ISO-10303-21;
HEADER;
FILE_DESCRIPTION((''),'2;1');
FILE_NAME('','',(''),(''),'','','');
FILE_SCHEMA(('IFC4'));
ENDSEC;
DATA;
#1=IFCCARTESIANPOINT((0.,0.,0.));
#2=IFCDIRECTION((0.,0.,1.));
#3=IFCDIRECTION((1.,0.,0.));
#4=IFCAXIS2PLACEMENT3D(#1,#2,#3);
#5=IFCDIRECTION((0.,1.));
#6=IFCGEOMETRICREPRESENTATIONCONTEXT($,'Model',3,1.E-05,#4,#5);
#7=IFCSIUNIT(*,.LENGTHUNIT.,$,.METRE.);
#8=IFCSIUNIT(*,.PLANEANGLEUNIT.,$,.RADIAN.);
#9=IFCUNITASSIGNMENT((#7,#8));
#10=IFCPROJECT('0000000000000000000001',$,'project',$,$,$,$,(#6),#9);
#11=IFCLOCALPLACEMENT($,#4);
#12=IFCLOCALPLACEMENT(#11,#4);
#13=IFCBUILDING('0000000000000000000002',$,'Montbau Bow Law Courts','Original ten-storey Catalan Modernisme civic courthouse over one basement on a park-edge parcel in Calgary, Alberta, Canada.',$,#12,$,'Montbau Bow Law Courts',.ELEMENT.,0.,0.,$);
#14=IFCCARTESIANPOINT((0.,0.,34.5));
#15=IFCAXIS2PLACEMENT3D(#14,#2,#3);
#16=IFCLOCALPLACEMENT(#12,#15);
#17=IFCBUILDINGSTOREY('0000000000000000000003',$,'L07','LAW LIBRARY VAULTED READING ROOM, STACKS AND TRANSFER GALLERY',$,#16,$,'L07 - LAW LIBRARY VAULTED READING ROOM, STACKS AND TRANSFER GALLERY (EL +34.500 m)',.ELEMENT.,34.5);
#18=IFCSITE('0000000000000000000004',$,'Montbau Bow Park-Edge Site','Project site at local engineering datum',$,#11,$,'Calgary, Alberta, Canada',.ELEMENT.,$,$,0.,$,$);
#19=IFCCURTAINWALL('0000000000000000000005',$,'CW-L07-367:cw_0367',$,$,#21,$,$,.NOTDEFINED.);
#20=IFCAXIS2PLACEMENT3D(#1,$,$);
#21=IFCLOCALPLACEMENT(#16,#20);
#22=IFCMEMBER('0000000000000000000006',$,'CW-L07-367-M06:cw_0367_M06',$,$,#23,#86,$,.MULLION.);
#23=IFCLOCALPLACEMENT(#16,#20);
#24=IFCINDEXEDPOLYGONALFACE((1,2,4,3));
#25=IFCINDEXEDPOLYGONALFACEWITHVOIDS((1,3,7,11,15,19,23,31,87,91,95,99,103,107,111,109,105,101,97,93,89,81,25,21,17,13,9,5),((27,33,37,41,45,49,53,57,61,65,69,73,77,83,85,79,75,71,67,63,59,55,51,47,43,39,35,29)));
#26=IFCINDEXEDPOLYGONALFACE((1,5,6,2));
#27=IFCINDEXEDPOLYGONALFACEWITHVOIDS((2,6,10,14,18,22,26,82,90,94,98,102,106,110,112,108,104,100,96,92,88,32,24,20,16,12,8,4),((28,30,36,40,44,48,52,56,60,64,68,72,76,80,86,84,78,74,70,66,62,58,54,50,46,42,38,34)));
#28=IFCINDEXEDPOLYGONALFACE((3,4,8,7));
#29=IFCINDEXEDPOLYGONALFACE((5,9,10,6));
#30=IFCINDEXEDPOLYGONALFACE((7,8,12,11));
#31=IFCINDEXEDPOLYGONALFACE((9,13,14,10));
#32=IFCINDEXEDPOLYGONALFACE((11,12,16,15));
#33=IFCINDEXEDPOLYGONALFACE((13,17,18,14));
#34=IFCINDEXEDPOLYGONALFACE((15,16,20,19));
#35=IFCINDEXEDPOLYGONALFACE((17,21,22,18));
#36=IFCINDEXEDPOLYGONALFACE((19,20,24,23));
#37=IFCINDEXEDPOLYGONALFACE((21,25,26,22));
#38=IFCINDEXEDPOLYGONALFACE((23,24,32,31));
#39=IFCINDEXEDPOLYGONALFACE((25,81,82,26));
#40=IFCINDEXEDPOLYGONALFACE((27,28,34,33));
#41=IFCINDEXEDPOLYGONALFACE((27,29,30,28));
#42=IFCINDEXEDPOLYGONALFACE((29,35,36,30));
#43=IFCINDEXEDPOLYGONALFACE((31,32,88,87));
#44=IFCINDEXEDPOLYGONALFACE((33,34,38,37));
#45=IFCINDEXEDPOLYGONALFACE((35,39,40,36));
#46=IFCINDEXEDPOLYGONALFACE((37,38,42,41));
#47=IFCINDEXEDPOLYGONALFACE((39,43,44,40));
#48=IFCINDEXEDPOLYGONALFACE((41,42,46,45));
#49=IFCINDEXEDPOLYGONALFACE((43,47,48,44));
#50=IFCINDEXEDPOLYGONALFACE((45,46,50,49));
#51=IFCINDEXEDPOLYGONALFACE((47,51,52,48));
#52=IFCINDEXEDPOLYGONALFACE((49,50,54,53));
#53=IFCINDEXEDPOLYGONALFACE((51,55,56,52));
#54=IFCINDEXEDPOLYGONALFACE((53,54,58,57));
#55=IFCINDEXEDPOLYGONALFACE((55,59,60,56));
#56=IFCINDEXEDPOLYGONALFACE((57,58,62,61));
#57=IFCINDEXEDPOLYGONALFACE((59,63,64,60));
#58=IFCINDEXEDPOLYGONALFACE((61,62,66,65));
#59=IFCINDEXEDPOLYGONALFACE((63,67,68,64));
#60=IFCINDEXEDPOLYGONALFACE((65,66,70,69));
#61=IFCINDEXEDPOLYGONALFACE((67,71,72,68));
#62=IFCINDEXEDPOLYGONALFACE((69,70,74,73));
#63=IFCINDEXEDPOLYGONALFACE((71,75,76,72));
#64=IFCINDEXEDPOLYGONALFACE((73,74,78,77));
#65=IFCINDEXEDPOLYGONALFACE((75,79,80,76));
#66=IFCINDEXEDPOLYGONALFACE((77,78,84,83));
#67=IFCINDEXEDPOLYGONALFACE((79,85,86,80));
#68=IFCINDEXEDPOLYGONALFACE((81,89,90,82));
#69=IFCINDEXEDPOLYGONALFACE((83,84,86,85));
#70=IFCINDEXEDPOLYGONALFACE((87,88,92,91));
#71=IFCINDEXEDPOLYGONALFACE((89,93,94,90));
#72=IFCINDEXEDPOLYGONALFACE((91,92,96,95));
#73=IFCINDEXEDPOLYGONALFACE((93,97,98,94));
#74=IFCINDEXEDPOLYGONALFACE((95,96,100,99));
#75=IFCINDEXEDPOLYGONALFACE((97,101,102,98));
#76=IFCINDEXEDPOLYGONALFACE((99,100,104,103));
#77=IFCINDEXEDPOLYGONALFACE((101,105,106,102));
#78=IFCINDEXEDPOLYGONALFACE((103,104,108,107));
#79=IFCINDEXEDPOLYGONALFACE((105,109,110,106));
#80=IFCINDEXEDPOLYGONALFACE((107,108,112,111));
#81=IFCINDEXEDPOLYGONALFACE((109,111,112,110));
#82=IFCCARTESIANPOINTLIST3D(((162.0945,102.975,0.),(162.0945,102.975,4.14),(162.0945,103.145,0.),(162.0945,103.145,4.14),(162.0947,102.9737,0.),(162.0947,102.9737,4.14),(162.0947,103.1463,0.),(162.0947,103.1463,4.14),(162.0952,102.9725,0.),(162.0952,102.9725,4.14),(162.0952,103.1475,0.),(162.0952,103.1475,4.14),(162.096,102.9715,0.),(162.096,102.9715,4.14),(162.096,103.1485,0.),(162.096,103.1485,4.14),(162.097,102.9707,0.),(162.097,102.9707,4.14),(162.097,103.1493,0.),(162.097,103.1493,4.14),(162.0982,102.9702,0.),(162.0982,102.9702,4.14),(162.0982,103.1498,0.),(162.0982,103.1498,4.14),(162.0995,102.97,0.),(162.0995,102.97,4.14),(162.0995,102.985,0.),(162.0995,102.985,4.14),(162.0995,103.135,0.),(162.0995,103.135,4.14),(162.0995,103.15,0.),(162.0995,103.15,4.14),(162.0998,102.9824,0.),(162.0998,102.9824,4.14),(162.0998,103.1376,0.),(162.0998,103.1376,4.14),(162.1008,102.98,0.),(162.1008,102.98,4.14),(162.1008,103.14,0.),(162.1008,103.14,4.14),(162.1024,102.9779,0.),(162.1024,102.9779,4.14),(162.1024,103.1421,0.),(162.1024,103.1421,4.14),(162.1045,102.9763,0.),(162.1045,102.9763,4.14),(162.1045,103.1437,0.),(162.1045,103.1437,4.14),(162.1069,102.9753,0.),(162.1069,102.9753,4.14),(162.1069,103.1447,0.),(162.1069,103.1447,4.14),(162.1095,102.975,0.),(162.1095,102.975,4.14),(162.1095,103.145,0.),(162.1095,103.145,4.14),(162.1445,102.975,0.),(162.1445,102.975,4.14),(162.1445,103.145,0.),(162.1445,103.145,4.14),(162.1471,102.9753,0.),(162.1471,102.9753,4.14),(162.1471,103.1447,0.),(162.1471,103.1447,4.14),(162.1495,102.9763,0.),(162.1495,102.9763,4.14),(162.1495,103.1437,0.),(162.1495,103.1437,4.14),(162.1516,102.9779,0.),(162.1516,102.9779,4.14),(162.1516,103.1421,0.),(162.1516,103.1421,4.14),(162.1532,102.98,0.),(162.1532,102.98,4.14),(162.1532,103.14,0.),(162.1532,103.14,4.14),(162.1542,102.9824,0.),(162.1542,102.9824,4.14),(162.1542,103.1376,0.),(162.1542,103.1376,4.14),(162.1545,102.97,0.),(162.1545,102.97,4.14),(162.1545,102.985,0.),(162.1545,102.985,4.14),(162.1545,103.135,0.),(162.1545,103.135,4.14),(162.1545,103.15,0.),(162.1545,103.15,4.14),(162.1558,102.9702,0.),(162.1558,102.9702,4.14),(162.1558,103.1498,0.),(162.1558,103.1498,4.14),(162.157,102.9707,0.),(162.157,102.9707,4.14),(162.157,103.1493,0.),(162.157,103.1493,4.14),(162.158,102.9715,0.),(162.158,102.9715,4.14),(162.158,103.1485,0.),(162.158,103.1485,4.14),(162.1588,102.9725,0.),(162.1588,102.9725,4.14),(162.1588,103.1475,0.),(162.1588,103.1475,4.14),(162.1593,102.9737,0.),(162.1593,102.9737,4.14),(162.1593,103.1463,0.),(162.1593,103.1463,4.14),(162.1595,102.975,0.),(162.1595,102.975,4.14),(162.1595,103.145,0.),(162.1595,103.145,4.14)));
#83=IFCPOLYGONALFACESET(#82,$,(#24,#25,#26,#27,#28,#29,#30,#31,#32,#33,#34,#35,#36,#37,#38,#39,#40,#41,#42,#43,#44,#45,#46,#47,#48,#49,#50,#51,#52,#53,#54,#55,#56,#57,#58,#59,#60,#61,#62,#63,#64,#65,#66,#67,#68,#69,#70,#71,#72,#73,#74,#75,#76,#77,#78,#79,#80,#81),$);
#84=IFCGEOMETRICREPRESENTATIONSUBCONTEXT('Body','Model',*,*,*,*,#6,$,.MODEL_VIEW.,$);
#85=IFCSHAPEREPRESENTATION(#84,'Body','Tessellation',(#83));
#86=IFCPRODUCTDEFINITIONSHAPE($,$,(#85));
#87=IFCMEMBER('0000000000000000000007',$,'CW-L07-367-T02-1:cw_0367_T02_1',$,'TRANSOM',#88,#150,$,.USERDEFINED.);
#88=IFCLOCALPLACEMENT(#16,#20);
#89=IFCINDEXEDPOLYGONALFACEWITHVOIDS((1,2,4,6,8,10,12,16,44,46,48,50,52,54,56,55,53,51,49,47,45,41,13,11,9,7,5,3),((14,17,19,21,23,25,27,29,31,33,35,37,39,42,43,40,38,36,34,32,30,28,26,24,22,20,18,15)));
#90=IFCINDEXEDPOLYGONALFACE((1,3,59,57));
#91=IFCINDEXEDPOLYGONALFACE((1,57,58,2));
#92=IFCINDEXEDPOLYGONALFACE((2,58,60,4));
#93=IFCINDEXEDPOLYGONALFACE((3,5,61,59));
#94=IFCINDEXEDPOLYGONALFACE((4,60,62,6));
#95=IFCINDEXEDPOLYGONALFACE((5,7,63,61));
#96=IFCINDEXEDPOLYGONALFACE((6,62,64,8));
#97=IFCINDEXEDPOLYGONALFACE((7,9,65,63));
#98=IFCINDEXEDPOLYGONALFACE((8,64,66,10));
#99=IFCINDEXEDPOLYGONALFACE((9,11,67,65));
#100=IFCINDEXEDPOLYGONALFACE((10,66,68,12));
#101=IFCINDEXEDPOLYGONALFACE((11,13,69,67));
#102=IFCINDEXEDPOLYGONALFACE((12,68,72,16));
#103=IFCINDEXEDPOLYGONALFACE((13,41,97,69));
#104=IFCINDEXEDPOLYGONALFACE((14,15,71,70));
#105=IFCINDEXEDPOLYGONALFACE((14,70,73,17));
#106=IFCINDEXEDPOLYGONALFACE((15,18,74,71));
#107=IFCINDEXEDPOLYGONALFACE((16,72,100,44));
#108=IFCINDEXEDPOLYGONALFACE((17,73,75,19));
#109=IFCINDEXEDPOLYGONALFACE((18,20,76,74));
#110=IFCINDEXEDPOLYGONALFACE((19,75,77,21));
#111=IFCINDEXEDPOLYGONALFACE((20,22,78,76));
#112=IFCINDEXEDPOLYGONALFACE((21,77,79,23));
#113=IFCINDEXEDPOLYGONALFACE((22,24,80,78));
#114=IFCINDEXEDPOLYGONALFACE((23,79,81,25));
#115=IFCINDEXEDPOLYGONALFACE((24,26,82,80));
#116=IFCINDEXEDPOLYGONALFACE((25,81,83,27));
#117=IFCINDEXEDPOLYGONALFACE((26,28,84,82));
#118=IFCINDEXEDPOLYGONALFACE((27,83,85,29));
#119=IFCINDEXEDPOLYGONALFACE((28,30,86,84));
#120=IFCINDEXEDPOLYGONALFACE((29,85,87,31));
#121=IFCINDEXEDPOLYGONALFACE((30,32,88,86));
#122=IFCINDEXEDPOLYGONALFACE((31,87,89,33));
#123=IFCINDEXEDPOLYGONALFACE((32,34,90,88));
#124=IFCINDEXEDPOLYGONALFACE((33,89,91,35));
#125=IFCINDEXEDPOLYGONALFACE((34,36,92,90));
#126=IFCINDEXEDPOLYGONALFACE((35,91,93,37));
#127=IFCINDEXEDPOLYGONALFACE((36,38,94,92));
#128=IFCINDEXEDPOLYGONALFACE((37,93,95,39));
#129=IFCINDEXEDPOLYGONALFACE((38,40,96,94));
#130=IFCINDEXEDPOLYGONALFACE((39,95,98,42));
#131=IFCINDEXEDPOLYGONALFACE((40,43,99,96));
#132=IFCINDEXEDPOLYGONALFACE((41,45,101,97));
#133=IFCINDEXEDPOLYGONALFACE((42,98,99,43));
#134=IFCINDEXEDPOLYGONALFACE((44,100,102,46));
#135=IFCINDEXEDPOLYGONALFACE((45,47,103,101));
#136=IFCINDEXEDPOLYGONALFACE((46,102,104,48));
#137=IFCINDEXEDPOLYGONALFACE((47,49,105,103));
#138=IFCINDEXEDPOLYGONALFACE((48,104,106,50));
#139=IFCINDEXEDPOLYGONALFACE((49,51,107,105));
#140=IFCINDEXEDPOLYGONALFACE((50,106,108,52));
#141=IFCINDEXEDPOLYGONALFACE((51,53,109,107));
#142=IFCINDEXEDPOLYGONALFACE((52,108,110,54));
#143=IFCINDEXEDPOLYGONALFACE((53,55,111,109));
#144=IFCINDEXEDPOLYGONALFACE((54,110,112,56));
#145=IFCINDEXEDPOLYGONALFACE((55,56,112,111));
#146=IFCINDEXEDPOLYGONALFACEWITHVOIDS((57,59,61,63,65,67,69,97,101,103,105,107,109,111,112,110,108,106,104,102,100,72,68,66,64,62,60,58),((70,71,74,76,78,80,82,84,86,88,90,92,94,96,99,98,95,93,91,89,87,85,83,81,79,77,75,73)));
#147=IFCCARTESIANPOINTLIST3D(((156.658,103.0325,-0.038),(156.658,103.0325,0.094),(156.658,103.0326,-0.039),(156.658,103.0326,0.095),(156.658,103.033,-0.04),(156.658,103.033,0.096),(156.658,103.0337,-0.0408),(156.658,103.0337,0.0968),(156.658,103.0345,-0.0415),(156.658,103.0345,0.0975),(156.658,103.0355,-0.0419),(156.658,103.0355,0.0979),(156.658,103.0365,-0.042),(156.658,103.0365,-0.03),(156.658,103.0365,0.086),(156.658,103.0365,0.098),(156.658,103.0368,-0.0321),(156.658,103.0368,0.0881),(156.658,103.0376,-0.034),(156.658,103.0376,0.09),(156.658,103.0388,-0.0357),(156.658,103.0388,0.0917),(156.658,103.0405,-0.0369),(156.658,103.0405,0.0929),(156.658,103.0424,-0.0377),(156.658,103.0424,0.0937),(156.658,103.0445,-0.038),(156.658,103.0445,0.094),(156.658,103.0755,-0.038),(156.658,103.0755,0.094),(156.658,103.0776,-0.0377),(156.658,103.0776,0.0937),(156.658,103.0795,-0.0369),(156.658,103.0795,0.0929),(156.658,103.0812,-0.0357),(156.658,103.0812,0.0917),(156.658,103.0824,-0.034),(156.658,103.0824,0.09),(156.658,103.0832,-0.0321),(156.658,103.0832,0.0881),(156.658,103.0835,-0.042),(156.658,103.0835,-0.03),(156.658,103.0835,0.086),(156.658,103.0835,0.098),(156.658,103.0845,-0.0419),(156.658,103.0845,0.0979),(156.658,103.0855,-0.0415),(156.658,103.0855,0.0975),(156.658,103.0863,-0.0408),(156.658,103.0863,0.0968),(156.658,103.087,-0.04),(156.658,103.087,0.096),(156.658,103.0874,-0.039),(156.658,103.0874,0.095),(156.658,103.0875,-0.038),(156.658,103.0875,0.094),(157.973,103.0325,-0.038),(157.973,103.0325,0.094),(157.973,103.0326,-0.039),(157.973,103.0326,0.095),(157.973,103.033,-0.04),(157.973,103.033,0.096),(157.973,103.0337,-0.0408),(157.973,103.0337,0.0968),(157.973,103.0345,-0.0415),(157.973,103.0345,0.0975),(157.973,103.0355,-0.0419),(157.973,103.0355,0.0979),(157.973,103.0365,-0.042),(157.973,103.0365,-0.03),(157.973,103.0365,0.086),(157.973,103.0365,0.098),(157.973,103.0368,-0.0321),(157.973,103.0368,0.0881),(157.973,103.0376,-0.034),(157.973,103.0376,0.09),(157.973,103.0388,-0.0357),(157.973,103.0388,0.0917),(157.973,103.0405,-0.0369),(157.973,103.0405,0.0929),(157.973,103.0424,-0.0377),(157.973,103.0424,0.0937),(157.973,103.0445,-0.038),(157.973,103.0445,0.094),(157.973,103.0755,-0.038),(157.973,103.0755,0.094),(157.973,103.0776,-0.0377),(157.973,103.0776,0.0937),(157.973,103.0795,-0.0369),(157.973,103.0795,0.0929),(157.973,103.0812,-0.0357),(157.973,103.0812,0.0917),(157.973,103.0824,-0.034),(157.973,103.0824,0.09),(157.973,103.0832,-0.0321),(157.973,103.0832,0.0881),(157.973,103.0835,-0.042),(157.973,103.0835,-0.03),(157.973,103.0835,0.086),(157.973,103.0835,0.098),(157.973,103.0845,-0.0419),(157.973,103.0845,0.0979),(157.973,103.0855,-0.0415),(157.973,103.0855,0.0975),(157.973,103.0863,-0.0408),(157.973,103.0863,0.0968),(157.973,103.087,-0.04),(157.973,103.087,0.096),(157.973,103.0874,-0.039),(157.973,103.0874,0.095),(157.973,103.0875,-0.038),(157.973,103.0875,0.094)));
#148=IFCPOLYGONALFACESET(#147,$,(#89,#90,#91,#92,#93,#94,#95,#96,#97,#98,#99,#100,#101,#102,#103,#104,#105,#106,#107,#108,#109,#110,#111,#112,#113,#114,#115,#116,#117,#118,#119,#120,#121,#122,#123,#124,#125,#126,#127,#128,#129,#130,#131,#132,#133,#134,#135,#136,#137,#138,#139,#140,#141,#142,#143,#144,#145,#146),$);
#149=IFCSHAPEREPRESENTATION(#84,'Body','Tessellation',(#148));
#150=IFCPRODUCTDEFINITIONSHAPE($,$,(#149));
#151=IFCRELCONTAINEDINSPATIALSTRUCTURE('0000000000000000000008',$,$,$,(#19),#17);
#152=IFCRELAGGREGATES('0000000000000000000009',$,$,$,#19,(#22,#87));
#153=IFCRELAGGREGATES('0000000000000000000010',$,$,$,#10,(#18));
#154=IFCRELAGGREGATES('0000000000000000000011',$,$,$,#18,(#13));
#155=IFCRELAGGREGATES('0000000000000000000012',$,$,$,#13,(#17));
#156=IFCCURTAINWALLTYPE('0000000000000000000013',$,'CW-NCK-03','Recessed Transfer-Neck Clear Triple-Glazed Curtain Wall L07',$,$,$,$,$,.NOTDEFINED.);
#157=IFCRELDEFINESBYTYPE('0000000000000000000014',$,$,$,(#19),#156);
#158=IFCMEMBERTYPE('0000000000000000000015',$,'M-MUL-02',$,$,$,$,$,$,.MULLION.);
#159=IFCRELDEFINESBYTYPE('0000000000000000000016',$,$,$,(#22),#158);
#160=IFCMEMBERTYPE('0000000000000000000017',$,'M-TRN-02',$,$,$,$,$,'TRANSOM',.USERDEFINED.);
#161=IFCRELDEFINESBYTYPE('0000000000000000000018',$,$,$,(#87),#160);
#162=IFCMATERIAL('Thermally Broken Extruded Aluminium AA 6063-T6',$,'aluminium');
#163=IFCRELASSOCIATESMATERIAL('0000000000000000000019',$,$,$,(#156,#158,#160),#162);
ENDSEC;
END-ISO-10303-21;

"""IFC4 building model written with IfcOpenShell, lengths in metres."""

from ifc_helpers import new_model, si_unit, direction, frame, origin_with_axes, origin_2d_with_axis, place, context, subcontext, project, spatial, hollow_rectangle, extrude, material, material_profile, profile_set, type_object, element, aggregate, save


model = new_model("IFC4")

# Units and contexts
model_context = context("Model", 3, precision=1e-05, world=origin_with_axes(), true_north=direction((0.0, 1.0)))
body_context = subcontext(model_context, "Body", "Model", "MODEL_VIEW")
ifc_project = project(units=[si_unit("LENGTHUNIT", "METRE"), si_unit("PLANEANGLEUNIT", "RADIAN")], contexts=[model_context])

# Site, building, storey
site_placement = place(None, origin_with_axes())
site = spatial("IfcSite", under=ifc_project, at=site_placement, Name="Montbau Bow Park-Edge Site", Description="Project site at local engineering datum", LongName="Calgary, Alberta, Canada", CompositionType="ELEMENT", RefElevation=0.0)
building_placement = place(site_placement, origin_with_axes())
building = spatial("IfcBuilding", under=site, at=building_placement, Name="Montbau Bow Law Courts", Description="Original ten-storey Catalan Modernisme civic courthouse over one basement on a park-edge parcel in Calgary, Alberta, Canada.", LongName="Montbau Bow Law Courts", CompositionType="ELEMENT", ElevationOfRefHeight=0.0, ElevationOfTerrain=0.0)
storey_placement = place(building_placement, frame((0.0, 0.0, 34.5), z_axis=(0.0, 0.0, 1.0), x_axis=(1.0, 0.0, 0.0)))
storey = spatial("IfcBuildingStorey", under=building, at=storey_placement, Name="L07", Description="LAW LIBRARY VAULTED READING ROOM, STACKS AND TRANSFER GALLERY", LongName="L07 - LAW LIBRARY VAULTED READING ROOM, STACKS AND TRANSFER GALLERY (EL +34.500 m)", CompositionType="ELEMENT", Elevation=34.5)

# Curtain wall, members
ifc_material_1 = material(Name="Thermally Broken Extruded Aluminium AA 6063-T6", Category="aluminium")
curtain_wall_type = type_object("IfcCurtainWallType", Name="CW-NCK-03", Description="Recessed Transfer-Neck Clear Triple-Glazed Curtain Wall L07", PredefinedType="NOTDEFINED", material=ifc_material_1)
curtain_wall_placement = place(None, frame((155.24, 103.06, 34.5), z_axis=(0.0, 0.0, 1.0), x_axis=(1.0, 0.0, 0.0)))
curtain_wall = element("IfcCurtainWall", 1, at=curtain_wall_placement, inside=storey, type_object=curtain_wall_type, Name="CW-L07-367:cw_0367", PredefinedType="NOTDEFINED")
ifc_material_profile_1 = material_profile(ifc_material_1, hollow_rectangle(XDim=0.065, YDim=0.18, WallThickness=0.005, InnerFilletRadius=0.01, OuterFilletRadius=0.005, at=origin_2d_with_axis()), Name="CWM-180X65", Category="Main", Priority=0)
ifc_profile_set_1 = profile_set([ifc_material_profile_1], Name="Thermally Broken Extruded Aluminium AA 6063-T6")
member_type_1 = type_object("IfcMemberType", Name="M-MUL-02", PredefinedType="MULLION", material=ifc_profile_set_1)
member_1_placement = place(None, frame((162.127, 103.06, 34.5), z_axis=(0.0, 0.0, 1.0), x_axis=(1.0, 0.0, 0.0)))
member_1 = element("IfcMember", 2, at=member_1_placement, type_object=member_type_1, Name="CW-L07-367-M06:cw_0367_M06", PredefinedType="MULLION", context=body_context, shape_type="SweptSolid", body=[
    extrude(hollow_rectangle(XDim=0.065, YDim=0.18, WallThickness=0.005, InnerFilletRadius=0.01, OuterFilletRadius=0.005, at=origin_2d_with_axis()), origin_with_axes(), (0.0, 0.0, 1.0), 4.14),
])
ifc_material_profile_2 = material_profile(ifc_material_1, hollow_rectangle(XDim=0.055, YDim=0.14, WallThickness=0.004, InnerFilletRadius=0.008, OuterFilletRadius=0.004, at=origin_2d_with_axis()), Name="CWT-140X55", Category="Main", Priority=0)
ifc_profile_set_2 = profile_set([ifc_material_profile_2], Name="Thermally Broken Extruded Aluminium AA 6063-T6")
member_type_2 = type_object("IfcMemberType", Name="M-TRN-02", ElementType="TRANSOM", PredefinedType="USERDEFINED", material=ifc_profile_set_2)
member_2_placement = place(None, frame((156.658, 103.06, 34.528), z_axis=(1.0, 0.0, 0.0), x_axis=(0.0, 1.0, 0.0)))
member_2 = element("IfcMember", 3, at=member_2_placement, type_object=member_type_2, Name="CW-L07-367-T02-1:cw_0367_T02_1", ObjectType="TRANSOM", PredefinedType="USERDEFINED", context=body_context, shape_type="SweptSolid", body=[
    extrude(hollow_rectangle(XDim=0.055, YDim=0.14, WallThickness=0.004, InnerFilletRadius=0.008, OuterFilletRadius=0.004, at=origin_2d_with_axis()), origin_with_axes(), (0.0, 0.0, 1.0), 1.315),
])
aggregate(curtain_wall, [member_1, member_2])

save(model, "model.ifc")
